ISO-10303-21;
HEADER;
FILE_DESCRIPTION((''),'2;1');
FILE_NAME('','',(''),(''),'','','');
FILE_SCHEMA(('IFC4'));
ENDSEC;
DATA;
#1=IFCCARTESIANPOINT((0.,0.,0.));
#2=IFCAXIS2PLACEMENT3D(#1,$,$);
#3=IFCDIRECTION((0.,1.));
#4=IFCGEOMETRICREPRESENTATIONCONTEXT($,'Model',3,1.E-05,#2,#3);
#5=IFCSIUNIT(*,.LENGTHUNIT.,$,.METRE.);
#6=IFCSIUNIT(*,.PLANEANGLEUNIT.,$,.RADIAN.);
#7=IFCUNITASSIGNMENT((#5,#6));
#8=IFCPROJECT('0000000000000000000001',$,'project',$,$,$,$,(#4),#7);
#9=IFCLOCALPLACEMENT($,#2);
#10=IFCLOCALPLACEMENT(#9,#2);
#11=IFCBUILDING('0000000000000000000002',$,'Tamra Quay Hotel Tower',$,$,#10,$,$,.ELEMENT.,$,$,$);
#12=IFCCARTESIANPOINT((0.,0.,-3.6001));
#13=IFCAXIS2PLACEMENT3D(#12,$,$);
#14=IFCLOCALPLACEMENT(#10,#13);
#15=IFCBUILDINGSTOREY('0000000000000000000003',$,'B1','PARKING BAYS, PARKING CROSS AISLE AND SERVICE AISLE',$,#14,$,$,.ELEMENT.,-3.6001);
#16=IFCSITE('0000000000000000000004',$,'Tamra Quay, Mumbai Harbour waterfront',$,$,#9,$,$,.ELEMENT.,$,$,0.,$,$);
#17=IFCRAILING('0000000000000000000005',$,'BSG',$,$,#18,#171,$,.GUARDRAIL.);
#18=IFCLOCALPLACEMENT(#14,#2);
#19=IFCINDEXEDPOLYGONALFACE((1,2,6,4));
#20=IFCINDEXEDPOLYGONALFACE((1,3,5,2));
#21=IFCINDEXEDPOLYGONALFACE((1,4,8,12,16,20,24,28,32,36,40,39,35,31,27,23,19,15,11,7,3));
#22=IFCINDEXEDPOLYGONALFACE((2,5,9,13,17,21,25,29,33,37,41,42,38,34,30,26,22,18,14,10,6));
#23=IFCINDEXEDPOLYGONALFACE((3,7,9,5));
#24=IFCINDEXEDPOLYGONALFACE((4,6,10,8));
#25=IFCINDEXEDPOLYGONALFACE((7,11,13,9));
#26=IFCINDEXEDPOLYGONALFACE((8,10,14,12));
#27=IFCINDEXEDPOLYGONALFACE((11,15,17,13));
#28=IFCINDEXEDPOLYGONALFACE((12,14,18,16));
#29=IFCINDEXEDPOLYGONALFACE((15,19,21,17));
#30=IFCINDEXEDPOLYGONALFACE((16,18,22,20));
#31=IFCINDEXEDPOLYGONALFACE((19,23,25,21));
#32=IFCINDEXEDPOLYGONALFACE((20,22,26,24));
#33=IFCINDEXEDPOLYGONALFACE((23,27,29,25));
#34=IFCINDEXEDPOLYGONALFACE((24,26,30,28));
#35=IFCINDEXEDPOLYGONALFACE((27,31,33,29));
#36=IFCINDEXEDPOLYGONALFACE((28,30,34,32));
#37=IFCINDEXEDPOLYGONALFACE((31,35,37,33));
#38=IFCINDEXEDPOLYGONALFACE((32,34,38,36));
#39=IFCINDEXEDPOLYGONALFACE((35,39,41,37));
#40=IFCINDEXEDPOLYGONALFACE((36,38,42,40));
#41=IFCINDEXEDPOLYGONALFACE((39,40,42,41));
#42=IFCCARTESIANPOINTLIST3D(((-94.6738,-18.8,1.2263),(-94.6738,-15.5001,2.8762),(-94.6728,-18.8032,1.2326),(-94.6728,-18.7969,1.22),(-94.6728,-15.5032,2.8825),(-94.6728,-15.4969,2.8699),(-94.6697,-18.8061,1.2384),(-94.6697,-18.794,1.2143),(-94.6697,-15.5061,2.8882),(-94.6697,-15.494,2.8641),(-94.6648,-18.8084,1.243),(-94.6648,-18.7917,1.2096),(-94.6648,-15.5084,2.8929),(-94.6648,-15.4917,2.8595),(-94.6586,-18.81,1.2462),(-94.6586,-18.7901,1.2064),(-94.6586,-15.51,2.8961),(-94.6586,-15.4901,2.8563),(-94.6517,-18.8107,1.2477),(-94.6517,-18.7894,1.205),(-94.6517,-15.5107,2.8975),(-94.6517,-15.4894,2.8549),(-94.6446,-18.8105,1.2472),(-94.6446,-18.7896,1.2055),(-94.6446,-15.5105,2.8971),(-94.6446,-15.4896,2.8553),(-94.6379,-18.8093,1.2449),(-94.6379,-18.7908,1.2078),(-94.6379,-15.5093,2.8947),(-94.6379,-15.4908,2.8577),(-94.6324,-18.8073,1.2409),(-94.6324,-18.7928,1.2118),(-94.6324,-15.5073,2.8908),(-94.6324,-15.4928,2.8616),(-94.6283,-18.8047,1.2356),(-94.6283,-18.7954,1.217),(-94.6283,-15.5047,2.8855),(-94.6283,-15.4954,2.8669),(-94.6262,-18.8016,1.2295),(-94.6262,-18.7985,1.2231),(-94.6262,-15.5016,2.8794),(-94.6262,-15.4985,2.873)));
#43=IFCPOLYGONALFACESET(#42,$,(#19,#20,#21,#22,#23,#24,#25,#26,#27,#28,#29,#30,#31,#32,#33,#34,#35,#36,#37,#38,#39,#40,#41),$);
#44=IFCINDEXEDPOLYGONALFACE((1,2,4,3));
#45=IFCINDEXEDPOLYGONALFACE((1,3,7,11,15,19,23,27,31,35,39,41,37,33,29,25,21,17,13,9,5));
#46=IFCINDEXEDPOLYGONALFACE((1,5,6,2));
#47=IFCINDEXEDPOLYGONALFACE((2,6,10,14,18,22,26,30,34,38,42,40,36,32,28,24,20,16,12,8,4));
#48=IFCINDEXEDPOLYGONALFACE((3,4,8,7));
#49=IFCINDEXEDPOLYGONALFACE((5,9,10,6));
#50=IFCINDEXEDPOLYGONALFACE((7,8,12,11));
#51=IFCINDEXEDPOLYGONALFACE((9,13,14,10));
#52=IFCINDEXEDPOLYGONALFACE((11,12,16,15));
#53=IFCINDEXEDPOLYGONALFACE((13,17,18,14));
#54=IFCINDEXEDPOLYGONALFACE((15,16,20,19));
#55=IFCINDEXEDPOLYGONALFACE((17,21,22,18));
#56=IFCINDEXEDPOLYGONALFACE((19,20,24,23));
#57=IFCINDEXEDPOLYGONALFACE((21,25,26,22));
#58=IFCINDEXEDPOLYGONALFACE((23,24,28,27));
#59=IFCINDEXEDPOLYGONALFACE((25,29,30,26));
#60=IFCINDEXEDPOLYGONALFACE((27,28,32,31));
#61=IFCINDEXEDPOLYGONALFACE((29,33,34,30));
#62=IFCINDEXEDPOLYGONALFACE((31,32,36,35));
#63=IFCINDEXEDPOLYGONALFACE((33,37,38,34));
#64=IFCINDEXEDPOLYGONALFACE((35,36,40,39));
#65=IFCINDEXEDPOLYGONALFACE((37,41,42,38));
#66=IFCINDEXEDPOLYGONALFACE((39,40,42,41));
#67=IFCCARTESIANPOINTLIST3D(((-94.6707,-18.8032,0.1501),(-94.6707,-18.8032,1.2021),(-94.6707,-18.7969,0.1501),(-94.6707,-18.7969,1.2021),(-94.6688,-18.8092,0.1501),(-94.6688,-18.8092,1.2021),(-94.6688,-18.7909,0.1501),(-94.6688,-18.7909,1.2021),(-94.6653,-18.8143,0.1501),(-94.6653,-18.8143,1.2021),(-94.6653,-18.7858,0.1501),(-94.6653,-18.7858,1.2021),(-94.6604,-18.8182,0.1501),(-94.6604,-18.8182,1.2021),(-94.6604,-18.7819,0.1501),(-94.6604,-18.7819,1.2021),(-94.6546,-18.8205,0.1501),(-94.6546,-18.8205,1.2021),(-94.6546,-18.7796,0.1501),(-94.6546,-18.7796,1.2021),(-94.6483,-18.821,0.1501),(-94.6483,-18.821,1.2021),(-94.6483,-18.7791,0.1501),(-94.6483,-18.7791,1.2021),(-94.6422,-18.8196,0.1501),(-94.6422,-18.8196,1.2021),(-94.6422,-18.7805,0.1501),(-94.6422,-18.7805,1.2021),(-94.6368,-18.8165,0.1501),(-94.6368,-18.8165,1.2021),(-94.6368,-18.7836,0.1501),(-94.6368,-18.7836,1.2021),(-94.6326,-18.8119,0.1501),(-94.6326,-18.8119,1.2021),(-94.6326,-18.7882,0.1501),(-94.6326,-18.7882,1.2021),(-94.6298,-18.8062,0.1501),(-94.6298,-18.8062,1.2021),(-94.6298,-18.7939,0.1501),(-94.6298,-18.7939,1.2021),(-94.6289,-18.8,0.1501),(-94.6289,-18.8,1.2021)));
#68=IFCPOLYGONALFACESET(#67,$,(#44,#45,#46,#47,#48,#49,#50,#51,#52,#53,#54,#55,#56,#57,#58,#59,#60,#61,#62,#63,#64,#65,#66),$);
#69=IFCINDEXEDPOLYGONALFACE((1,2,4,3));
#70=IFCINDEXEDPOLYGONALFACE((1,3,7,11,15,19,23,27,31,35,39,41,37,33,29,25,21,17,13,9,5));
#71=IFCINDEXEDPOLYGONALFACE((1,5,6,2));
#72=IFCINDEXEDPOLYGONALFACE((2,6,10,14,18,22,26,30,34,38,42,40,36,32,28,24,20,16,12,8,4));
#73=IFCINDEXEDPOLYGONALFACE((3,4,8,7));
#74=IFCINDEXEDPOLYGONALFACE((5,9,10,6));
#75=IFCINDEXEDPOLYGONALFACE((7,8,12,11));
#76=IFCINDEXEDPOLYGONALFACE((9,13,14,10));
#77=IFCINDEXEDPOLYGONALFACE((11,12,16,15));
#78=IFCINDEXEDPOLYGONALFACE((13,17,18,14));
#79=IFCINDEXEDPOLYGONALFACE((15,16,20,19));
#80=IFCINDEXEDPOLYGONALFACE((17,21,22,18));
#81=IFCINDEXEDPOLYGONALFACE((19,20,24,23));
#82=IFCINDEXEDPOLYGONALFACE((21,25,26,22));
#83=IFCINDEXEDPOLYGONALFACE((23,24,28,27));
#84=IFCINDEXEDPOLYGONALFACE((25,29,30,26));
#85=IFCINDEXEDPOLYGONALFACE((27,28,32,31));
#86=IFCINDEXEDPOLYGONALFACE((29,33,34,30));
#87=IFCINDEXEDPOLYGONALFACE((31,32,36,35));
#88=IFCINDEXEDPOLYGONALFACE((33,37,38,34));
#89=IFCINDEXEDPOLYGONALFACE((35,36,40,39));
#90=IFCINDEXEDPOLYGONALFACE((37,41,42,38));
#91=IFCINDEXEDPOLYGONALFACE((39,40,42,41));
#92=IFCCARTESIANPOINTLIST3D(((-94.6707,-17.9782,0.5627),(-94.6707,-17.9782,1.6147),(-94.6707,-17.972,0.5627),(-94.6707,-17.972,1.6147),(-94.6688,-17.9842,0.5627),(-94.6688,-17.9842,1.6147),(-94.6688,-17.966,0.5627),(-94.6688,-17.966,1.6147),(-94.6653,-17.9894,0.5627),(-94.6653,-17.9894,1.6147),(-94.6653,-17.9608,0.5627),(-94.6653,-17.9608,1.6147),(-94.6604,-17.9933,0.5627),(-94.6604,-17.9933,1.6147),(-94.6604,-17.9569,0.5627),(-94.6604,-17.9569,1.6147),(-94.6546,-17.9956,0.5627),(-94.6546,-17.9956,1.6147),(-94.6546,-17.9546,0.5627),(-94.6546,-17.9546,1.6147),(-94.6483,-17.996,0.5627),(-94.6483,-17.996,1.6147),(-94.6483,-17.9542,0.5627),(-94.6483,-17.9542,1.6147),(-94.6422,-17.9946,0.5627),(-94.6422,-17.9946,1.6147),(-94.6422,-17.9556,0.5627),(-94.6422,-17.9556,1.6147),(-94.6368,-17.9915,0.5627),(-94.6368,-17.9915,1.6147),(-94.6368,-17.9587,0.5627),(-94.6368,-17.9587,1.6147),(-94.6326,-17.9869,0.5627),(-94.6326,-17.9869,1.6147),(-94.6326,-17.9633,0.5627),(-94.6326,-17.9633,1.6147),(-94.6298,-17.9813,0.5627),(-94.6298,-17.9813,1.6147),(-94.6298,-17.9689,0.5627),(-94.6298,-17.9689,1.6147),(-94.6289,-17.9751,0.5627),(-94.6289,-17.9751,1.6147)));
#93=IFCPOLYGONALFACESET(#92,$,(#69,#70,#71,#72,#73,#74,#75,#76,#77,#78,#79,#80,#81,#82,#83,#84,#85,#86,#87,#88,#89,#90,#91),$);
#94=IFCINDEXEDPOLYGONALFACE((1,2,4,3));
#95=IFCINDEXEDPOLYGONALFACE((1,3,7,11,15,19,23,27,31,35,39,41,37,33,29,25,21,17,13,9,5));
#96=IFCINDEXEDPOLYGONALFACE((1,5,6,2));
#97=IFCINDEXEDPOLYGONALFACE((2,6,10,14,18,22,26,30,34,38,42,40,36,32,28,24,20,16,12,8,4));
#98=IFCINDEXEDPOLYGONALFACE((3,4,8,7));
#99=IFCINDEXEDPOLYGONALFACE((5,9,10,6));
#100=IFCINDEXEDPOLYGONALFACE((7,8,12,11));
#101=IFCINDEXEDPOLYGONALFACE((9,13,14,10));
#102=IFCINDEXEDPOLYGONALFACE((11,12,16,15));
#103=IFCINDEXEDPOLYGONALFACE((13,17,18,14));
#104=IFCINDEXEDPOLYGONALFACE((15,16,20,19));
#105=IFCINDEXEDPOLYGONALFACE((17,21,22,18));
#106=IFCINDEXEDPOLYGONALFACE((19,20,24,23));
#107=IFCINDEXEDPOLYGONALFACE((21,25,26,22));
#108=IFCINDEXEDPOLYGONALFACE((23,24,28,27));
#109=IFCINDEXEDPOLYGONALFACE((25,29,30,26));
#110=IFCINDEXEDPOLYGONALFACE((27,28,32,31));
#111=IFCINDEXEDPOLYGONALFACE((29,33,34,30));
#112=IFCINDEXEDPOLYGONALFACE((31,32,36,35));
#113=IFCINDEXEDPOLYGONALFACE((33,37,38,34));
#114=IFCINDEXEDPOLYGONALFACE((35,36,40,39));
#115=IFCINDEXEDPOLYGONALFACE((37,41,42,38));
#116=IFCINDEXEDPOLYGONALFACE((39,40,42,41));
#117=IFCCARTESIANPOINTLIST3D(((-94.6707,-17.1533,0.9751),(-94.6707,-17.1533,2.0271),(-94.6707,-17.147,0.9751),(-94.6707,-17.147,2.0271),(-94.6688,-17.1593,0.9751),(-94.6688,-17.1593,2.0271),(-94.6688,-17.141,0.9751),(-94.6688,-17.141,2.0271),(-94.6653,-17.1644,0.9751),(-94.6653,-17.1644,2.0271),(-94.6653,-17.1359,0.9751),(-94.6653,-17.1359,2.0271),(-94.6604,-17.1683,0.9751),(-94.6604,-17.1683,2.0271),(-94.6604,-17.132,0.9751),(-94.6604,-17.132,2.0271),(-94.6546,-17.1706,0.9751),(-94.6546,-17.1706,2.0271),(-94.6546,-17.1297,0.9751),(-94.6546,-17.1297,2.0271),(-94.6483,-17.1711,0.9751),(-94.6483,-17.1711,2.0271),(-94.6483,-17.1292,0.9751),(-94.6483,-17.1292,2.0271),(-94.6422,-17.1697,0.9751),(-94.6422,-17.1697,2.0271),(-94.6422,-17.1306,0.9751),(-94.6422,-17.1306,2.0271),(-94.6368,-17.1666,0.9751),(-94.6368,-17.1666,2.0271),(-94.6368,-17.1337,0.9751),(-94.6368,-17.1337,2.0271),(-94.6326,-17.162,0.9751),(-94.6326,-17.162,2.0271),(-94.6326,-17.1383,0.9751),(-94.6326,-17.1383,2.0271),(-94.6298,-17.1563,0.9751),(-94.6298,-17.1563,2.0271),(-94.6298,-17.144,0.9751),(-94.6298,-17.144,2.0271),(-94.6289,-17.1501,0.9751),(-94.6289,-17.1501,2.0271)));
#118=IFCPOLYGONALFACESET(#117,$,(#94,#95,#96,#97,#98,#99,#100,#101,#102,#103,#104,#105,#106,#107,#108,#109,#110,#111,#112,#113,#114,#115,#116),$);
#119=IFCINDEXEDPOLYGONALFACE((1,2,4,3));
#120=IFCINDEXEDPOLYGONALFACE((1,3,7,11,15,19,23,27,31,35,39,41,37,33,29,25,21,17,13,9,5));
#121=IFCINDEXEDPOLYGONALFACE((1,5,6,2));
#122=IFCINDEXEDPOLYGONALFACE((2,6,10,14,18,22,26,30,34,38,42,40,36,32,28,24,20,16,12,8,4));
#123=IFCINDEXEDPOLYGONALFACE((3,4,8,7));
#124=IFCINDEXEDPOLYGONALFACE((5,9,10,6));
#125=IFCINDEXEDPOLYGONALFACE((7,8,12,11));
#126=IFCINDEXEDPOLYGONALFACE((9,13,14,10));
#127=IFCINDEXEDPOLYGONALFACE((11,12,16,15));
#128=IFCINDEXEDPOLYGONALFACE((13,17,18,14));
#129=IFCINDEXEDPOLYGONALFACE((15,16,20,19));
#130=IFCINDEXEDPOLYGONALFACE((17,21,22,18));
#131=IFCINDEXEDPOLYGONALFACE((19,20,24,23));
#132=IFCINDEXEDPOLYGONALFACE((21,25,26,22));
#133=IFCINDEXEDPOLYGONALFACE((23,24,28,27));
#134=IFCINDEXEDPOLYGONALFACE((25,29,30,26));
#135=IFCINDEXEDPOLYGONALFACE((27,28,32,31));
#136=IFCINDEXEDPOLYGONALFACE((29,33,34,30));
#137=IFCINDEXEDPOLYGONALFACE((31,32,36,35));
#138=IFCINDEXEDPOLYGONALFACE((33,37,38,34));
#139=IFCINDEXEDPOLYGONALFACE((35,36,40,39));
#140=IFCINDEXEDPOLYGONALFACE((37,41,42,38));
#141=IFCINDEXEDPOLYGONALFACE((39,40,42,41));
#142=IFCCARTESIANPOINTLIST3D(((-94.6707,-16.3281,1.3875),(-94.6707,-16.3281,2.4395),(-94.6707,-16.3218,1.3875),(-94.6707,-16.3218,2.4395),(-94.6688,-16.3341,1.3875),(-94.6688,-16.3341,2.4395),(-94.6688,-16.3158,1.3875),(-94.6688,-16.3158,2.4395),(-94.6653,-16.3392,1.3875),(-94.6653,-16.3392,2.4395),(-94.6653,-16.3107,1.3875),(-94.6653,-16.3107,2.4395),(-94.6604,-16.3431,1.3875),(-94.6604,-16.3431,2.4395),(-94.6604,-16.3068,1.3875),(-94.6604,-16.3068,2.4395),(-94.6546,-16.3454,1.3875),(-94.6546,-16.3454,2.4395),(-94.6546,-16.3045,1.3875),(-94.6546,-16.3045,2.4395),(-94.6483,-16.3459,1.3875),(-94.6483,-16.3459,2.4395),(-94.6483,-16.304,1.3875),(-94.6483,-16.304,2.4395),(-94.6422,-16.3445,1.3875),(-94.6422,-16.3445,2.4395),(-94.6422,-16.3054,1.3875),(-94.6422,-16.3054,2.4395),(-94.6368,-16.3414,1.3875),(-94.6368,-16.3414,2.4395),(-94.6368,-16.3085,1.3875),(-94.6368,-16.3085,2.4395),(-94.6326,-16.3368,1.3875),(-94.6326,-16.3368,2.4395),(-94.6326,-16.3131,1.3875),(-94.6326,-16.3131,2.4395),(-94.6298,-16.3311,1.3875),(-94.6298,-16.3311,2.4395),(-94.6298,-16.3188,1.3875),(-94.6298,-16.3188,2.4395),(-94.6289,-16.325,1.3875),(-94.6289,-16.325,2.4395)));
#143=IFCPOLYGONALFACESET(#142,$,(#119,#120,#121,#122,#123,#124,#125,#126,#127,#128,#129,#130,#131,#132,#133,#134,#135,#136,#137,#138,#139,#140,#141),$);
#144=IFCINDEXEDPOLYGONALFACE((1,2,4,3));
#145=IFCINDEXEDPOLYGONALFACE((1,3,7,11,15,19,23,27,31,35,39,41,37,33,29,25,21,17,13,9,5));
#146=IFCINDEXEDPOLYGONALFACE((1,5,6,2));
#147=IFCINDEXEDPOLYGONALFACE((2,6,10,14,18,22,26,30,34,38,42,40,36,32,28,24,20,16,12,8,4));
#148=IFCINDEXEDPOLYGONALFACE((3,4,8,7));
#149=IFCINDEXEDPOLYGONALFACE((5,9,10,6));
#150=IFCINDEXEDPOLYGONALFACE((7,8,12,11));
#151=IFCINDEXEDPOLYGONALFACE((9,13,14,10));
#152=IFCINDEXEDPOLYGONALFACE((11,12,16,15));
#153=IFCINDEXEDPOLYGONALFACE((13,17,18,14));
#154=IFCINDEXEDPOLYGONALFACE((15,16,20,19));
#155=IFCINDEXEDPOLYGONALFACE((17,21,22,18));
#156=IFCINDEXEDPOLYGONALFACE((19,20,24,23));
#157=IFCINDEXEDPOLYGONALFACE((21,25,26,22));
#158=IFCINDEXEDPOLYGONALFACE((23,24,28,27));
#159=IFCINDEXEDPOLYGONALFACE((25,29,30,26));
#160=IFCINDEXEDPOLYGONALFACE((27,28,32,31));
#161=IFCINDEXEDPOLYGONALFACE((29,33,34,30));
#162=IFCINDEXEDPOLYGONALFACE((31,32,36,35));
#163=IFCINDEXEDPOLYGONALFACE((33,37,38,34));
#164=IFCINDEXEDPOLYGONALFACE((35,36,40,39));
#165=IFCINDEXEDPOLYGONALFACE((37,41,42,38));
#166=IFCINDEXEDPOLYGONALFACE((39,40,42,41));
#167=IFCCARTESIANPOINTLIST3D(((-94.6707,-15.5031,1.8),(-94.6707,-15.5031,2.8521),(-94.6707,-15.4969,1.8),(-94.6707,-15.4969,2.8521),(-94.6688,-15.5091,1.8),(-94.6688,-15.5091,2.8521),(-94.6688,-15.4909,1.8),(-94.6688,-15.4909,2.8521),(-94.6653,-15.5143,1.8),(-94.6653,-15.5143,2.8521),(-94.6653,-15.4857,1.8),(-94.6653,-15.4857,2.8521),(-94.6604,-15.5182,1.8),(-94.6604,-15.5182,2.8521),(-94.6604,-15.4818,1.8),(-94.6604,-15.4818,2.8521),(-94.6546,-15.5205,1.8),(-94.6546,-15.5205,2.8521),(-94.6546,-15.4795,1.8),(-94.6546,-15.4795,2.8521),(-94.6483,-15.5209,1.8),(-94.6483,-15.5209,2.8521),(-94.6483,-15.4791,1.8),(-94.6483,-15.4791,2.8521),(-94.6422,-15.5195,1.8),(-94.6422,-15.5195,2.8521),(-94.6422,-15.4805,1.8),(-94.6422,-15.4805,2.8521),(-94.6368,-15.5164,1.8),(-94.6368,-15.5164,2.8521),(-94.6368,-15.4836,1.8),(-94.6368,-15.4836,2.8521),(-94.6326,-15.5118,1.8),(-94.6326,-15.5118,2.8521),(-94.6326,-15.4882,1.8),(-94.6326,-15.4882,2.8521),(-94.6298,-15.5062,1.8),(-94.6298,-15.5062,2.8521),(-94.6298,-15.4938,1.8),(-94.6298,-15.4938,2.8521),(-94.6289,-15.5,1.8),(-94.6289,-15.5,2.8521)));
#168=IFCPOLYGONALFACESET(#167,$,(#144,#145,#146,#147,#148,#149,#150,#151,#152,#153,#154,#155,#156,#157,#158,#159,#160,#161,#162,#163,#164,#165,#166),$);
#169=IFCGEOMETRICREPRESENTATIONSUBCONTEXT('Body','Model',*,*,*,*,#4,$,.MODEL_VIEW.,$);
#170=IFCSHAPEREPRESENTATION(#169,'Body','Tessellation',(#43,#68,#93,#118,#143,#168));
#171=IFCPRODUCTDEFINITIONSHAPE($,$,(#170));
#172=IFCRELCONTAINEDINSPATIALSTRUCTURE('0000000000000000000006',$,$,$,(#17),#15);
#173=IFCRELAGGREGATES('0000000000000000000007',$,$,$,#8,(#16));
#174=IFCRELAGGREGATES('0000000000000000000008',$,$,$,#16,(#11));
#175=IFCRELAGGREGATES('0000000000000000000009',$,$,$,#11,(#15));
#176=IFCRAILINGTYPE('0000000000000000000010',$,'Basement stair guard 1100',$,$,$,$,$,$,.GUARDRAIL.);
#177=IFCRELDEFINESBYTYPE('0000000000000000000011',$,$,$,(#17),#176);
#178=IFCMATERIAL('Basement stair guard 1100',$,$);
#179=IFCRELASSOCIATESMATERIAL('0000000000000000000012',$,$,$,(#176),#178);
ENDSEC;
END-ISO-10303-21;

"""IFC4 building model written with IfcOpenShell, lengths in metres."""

from ifc_helpers import new_model, si_unit, direction, frame, origin, origin_2d, place, context, subcontext, project, spatial, circle, extrude, material, type_object, element, save


model = new_model("IFC4")

# Units and contexts
model_context = context("Model", 3, precision=1e-05, world=origin(), true_north=direction((0.0, 1.0)))
body_context = subcontext(model_context, "Body", "Model", "MODEL_VIEW")
ifc_project = project(units=[si_unit("LENGTHUNIT", "METRE"), si_unit("PLANEANGLEUNIT", "RADIAN")], contexts=[model_context])

# Site, building, storey
site_placement = place(None, origin())
site = spatial("IfcSite", under=ifc_project, at=site_placement, Name="Tamra Quay, Mumbai Harbour waterfront", CompositionType="ELEMENT", RefElevation=0.0)
building_placement = place(site_placement, origin())
building = spatial("IfcBuilding", under=site, at=building_placement, Name="Tamra Quay Hotel Tower", CompositionType="ELEMENT")
storey_placement = place(building_placement, frame((0.0, 0.0, -3.6001)))
storey = spatial("IfcBuildingStorey", under=building, at=storey_placement, Name="B1", Description="PARKING BAYS, PARKING CROSS AISLE AND SERVICE AISLE", CompositionType="ELEMENT", Elevation=-3.6001)

# Railing
ifc_material_1 = material(Name="Basement stair guard 1100")
railing_type_1 = type_object("IfcRailingType", Name="Basement stair guard 1100", PredefinedType="GUARDRAIL", material=ifc_material_1)
railing_1_placement = place(storey_placement, frame((-94.6499, -18.8, 0.1501)))
element("IfcRailing", 1, at=railing_1_placement, inside=storey, type_object=railing_type_1, Name="BSG", PredefinedType="GUARDRAIL", context=body_context, shape_type="SweptSolid", body=[
    extrude(circle(Radius=0.0239, at=origin_2d()), frame((0.0, 0.0, 1.0762), z_axis=(0.0, 0.89444, 0.447187), x_axis=(-1.0, 0.0, 0.0)), (0.0, 0.0, 1.0), 3.6895),
    extrude(circle(Radius=0.021, at=origin_2d()), origin(), (0.0, 0.0, 1.0), 1.052),
    extrude(circle(Radius=0.021, at=origin_2d()), frame((0.0, 0.825, 0.4126)), (0.0, 0.0, 1.0), 1.052),
    extrude(circle(Radius=0.021, at=origin_2d()), frame((0.0, 1.6499, 0.825)), (0.0, 0.0, 1.0), 1.052),
    extrude(circle(Radius=0.021, at=origin_2d()), frame((0.0, 2.4751, 1.2373)), (0.0, 0.0, 1.0), 1.052),
    extrude(circle(Radius=0.021, at=origin_2d()), frame((0.0, 3.3, 1.6499)), (0.0, 0.0, 1.0), 1.052),
])

save(model, "model.ifc")
